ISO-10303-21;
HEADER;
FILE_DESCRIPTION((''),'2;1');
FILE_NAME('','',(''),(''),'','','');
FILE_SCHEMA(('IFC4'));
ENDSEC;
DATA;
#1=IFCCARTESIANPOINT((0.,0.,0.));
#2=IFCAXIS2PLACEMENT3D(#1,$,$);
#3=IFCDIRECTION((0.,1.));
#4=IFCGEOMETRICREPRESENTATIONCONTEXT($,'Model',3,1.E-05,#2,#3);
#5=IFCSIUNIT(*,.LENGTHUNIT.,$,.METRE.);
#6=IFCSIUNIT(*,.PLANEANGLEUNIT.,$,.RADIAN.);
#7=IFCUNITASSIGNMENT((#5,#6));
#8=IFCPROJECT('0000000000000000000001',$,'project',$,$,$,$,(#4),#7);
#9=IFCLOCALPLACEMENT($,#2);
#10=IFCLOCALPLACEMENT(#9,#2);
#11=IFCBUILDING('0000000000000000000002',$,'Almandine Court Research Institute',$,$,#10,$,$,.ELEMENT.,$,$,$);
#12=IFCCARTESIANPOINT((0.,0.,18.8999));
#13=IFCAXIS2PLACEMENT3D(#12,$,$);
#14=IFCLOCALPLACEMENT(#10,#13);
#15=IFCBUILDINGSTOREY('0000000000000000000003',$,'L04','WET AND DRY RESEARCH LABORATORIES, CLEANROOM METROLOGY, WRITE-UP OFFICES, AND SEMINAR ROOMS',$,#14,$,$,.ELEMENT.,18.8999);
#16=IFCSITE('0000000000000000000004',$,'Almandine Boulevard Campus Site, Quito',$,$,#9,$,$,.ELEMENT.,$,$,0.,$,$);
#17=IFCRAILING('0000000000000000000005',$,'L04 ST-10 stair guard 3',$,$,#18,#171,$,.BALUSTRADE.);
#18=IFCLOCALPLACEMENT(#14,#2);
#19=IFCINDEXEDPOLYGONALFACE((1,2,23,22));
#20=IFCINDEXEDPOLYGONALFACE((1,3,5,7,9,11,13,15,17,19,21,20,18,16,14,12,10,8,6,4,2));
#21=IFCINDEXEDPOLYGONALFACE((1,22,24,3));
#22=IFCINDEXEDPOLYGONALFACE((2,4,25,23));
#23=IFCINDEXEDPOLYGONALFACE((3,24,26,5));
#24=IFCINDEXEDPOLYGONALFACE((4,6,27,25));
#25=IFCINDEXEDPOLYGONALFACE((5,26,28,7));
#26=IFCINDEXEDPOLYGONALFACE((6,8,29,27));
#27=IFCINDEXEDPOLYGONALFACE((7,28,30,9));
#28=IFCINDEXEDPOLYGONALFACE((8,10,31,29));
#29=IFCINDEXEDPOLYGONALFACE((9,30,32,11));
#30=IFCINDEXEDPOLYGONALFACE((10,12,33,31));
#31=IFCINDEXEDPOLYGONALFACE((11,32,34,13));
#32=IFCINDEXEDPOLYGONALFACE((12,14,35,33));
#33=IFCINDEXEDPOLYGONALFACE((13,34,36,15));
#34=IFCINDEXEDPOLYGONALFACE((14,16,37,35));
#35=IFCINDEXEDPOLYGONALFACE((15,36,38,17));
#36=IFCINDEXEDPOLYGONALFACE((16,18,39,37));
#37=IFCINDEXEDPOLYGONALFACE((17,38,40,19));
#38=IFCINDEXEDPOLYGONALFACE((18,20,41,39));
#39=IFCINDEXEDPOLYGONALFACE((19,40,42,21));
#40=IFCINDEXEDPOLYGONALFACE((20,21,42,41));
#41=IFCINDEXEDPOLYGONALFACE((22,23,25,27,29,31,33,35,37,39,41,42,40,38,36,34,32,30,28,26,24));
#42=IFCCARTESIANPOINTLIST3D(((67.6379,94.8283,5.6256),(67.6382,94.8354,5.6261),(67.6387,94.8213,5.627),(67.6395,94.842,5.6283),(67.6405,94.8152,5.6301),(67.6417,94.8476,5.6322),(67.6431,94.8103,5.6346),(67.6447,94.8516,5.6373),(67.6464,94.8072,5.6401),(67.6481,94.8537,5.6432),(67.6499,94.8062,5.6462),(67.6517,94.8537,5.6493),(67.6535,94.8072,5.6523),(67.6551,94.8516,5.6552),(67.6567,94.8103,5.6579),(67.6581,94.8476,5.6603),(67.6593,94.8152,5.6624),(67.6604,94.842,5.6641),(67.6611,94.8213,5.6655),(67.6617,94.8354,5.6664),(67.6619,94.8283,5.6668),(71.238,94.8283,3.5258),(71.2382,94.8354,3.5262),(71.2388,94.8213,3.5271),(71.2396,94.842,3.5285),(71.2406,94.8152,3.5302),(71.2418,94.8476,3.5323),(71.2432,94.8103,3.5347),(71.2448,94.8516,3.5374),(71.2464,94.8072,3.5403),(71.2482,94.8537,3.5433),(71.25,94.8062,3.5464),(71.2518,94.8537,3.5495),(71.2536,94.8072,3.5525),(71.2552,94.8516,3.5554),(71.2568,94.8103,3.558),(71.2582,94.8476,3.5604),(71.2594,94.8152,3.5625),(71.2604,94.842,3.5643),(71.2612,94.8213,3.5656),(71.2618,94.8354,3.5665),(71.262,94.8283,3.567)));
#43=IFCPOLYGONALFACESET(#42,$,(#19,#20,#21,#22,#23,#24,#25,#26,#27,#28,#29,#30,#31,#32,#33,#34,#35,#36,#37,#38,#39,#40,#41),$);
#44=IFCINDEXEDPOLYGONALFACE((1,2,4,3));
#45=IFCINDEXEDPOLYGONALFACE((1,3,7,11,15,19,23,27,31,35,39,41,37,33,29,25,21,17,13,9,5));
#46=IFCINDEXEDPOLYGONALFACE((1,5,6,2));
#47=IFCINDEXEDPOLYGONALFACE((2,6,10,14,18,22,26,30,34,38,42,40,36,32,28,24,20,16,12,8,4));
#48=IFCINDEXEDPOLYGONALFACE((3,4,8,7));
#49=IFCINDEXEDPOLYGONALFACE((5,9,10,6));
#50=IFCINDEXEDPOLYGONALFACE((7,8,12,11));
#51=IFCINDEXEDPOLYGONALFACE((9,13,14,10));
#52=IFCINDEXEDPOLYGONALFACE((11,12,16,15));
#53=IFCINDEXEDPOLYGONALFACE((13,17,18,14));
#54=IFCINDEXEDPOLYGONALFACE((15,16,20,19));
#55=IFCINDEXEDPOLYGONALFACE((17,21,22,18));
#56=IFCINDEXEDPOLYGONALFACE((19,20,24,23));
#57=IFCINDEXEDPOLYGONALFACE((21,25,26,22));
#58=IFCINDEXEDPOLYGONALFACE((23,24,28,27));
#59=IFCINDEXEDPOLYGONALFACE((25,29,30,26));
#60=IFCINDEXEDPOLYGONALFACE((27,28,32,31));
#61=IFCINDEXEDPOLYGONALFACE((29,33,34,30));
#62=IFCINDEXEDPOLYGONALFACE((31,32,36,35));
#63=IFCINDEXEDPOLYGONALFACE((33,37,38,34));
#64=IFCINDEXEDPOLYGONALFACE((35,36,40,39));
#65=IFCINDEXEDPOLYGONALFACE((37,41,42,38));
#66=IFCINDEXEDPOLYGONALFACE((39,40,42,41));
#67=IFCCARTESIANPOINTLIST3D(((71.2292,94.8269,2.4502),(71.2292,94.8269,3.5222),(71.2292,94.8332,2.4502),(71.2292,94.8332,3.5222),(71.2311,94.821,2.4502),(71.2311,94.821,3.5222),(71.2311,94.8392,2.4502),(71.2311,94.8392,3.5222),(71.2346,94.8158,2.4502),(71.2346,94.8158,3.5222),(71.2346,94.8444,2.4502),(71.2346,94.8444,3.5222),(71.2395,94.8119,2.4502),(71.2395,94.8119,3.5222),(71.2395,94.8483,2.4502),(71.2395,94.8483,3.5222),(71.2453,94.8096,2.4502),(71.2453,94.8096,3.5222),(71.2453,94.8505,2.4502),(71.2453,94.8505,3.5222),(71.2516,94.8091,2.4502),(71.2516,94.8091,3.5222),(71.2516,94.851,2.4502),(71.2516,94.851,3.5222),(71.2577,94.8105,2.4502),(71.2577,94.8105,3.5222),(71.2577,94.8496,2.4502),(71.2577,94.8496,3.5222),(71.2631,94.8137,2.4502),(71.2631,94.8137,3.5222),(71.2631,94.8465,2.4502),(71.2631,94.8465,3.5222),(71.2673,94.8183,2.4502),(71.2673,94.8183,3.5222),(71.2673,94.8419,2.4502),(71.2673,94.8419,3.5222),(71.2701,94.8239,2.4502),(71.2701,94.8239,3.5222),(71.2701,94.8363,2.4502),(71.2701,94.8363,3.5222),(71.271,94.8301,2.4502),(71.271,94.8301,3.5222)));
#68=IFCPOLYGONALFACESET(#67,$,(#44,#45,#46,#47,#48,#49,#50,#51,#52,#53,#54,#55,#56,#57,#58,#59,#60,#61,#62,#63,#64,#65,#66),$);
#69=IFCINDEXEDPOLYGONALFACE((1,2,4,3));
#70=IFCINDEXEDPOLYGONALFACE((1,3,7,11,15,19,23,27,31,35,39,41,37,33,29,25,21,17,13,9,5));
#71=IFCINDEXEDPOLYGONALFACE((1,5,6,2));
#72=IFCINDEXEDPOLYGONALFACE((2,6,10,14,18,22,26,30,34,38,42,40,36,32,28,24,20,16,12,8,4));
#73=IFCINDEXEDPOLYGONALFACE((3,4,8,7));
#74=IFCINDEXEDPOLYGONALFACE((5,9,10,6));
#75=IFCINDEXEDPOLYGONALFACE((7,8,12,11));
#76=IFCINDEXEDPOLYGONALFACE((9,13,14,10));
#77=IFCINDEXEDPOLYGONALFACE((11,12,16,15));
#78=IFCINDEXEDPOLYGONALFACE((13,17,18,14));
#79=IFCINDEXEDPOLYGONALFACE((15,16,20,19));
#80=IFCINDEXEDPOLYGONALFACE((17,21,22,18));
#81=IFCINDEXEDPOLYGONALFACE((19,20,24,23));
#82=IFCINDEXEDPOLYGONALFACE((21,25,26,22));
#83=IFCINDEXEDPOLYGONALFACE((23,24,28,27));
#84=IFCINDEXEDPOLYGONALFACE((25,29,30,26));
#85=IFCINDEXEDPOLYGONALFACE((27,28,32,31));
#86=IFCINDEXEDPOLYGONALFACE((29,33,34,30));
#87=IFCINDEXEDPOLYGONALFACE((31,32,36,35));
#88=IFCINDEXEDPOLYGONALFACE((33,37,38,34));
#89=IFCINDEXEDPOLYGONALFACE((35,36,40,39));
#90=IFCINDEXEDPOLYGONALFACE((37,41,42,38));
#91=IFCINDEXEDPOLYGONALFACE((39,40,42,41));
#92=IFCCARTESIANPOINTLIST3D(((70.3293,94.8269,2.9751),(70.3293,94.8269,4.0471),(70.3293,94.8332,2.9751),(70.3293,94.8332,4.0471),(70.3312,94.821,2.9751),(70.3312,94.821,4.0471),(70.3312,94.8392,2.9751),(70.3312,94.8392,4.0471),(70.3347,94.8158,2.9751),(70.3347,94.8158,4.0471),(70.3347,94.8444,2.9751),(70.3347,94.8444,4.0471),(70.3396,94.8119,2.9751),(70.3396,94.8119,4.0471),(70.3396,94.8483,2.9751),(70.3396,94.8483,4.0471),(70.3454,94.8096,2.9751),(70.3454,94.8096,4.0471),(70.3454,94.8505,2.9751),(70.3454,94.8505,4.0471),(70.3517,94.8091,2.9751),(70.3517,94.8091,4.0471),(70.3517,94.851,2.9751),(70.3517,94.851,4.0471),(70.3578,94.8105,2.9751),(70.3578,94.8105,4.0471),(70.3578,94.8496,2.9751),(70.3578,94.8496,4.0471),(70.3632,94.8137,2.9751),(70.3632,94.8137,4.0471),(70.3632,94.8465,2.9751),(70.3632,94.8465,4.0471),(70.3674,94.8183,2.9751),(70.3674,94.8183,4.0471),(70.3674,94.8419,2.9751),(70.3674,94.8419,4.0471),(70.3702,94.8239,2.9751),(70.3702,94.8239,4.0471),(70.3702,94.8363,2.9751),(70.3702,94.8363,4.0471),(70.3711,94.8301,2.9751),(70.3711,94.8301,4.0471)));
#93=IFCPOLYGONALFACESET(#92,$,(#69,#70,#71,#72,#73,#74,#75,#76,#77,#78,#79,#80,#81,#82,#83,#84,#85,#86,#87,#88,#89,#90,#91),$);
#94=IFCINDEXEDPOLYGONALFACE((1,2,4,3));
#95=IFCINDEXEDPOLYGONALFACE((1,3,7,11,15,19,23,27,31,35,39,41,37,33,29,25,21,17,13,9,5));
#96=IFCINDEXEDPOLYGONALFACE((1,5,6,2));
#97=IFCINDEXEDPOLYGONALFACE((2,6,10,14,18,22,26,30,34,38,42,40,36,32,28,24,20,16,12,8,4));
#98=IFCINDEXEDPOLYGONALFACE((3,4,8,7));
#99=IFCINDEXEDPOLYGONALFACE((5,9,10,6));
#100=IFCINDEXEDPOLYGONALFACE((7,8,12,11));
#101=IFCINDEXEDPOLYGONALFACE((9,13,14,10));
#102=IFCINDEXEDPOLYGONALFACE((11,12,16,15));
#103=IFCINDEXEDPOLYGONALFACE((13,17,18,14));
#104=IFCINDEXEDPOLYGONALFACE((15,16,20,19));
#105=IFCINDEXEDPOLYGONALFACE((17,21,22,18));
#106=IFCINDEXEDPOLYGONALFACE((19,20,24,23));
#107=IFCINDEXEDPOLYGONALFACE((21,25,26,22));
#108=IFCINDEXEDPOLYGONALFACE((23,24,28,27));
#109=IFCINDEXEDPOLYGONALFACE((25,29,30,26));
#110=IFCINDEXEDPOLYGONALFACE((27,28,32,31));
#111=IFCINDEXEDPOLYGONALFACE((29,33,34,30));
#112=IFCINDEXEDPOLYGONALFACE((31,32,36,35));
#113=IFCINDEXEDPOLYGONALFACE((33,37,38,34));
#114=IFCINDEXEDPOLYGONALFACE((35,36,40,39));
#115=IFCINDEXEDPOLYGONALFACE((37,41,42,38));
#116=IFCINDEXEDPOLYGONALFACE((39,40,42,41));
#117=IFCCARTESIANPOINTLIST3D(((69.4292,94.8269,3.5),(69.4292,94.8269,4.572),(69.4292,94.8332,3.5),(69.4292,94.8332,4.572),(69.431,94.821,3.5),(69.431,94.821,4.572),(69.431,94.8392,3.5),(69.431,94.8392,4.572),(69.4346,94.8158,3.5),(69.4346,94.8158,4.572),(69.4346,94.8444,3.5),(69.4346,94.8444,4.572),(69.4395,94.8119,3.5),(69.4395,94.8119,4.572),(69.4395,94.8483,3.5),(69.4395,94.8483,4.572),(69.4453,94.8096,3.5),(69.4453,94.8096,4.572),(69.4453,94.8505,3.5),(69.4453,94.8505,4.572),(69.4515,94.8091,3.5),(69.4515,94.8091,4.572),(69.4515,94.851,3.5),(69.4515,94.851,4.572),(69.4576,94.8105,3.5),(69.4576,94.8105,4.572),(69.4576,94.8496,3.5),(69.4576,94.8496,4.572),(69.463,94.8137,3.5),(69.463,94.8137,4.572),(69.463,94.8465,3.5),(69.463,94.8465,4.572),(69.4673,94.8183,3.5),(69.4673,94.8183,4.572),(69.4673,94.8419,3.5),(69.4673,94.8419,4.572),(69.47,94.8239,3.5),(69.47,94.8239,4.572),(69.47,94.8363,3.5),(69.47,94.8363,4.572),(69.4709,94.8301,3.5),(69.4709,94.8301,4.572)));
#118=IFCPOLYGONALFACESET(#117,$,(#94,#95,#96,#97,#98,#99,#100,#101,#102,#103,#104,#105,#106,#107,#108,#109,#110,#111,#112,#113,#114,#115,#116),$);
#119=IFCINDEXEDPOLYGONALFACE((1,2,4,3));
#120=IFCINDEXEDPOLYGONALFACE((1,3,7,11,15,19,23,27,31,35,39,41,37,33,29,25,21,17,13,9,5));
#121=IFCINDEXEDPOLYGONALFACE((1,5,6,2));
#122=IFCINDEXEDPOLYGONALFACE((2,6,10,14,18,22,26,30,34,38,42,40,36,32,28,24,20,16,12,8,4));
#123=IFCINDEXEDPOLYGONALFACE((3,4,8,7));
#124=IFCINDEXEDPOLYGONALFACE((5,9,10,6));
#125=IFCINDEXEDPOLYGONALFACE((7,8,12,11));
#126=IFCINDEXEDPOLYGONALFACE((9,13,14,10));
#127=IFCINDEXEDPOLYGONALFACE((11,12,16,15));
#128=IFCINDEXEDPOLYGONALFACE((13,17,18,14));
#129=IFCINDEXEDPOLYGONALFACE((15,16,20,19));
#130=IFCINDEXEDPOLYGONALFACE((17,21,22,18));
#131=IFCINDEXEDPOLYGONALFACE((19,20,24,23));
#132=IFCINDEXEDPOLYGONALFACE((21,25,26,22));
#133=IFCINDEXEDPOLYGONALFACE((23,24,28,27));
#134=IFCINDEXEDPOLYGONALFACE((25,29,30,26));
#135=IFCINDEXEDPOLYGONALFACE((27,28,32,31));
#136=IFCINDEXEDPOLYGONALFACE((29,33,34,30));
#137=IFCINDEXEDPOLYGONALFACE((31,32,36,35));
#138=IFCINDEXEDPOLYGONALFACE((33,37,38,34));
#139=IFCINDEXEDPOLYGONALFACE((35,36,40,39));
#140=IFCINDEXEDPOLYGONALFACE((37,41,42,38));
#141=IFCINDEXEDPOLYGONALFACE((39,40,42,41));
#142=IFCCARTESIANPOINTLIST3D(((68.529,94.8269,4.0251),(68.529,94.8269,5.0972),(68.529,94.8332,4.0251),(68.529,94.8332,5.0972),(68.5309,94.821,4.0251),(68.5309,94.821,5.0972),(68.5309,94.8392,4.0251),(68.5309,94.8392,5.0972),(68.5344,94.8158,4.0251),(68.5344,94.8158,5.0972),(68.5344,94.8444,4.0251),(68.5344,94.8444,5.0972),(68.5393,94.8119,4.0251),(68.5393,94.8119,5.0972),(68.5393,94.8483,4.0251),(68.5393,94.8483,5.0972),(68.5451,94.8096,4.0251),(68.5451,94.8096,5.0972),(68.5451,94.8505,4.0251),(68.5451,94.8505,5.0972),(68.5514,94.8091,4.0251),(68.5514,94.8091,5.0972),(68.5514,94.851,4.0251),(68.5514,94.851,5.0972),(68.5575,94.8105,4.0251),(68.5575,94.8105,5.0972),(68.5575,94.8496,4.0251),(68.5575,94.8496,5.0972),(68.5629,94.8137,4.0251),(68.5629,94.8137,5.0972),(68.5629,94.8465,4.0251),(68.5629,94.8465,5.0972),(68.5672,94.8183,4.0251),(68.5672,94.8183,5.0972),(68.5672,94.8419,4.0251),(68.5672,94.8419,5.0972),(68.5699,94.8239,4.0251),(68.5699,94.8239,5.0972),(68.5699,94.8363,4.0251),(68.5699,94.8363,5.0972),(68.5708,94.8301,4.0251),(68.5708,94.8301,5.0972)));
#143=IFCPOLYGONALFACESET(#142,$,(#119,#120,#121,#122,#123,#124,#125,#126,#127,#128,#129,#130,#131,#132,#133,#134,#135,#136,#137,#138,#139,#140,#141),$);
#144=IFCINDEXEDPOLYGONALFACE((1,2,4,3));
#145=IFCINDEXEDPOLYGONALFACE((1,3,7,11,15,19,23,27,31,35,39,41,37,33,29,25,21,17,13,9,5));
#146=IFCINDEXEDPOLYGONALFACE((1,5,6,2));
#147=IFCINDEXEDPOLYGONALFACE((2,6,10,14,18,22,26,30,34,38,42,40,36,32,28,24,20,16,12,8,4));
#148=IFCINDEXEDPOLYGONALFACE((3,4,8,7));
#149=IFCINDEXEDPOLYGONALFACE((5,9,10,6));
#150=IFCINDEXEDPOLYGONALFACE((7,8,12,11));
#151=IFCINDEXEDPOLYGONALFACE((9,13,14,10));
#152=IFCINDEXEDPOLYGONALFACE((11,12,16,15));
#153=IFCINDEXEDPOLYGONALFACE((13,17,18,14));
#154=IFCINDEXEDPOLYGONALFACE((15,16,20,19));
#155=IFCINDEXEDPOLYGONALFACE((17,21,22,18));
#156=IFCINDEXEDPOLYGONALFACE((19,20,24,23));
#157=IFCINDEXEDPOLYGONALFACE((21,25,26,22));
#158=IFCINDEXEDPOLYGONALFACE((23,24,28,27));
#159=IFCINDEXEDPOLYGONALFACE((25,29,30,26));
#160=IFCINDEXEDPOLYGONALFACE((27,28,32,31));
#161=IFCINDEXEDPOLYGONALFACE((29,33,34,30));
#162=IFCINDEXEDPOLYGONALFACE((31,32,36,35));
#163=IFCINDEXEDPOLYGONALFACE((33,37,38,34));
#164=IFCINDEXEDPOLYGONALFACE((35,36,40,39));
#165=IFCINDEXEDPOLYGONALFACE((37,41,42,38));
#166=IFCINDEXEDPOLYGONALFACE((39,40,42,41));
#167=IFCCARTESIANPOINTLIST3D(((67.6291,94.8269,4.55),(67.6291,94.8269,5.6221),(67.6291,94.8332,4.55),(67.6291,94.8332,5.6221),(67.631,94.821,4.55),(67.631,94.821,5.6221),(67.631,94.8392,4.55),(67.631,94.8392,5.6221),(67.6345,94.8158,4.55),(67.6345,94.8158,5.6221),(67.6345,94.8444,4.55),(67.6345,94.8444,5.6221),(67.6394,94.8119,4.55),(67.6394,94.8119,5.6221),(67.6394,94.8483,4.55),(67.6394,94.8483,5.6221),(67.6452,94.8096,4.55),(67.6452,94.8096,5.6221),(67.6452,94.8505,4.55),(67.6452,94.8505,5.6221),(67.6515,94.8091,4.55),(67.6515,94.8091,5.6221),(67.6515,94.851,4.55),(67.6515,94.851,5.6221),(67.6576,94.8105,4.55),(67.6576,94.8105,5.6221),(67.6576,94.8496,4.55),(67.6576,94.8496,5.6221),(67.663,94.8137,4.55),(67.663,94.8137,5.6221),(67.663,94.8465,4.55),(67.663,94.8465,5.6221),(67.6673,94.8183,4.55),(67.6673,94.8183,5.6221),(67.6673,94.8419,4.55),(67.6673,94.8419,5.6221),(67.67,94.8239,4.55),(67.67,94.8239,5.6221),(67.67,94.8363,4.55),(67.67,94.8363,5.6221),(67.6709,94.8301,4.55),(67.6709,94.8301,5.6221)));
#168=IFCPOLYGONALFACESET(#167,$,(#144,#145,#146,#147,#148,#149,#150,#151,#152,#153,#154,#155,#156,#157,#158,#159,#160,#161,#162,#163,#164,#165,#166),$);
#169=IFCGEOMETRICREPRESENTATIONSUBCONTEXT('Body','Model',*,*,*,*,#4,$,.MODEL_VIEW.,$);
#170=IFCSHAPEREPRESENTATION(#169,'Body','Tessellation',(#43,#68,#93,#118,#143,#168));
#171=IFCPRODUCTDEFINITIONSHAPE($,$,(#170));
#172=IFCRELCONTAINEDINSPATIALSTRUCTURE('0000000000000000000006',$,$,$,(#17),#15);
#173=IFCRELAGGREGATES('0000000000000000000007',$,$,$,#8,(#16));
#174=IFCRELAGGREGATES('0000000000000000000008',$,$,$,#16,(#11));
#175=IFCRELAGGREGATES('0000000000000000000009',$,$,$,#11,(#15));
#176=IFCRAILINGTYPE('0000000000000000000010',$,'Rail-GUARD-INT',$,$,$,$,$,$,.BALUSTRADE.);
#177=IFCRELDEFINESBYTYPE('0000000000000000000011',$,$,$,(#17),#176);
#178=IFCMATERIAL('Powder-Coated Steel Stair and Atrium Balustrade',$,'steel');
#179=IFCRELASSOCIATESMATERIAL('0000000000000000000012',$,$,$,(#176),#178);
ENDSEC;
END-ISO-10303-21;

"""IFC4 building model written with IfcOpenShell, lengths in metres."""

from ifc_helpers import new_model, si_unit, direction, frame, origin, origin_2d, place, context, subcontext, project, spatial, circle, extrude, material, type_object, element, save


model = new_model("IFC4")

# Units and contexts
model_context = context("Model", 3, precision=1e-05, world=origin(), true_north=direction((0.0, 1.0)))
body_context = subcontext(model_context, "Body", "Model", "MODEL_VIEW")
ifc_project = project(units=[si_unit("LENGTHUNIT", "METRE"), si_unit("PLANEANGLEUNIT", "RADIAN")], contexts=[model_context])

# Site, building, storey
site_placement = place(None, origin())
site = spatial("IfcSite", under=ifc_project, at=site_placement, Name="Almandine Boulevard Campus Site, Quito", CompositionType="ELEMENT", RefElevation=0.0)
building_placement = place(site_placement, origin())
building = spatial("IfcBuilding", under=site, at=building_placement, Name="Almandine Court Research Institute", CompositionType="ELEMENT")
storey_placement = place(building_placement, frame((0.0, 0.0, 18.8999)))
storey = spatial("IfcBuildingStorey", under=building, at=storey_placement, Name="L04", Description="WET AND DRY RESEARCH LABORATORIES, CLEANROOM METROLOGY, WRITE-UP OFFICES, AND SEMINAR ROOMS", CompositionType="ELEMENT", Elevation=18.8999)

# Railing
ifc_material_1 = material(Name="Powder-Coated Steel Stair and Atrium Balustrade", Category="steel")
railing_type_1 = type_object("IfcRailingType", Name="Rail-GUARD-INT", PredefinedType="BALUSTRADE", material=ifc_material_1)
railing_1_placement = place(storey_placement, frame((71.25, 94.8301, 2.4502)))
element("IfcRailing", 1, at=railing_1_placement, inside=storey, type_object=railing_type_1, Name="L04 ST-10 stair guard 3", PredefinedType="BALUSTRADE", context=body_context, shape_type="SweptSolid", body=[
    extrude(circle(Radius=0.0239, at=origin_2d()), frame((0.0, 0.0, 1.0962), z_axis=(-0.8638, 0.0, 0.503835), x_axis=(0.0, -1.0, 0.0)), (0.0, 0.0, 1.0), 4.1677),
    extrude(circle(Radius=0.021, at=origin_2d()), origin(), (0.0, 0.0, 1.0), 1.072),
    extrude(circle(Radius=0.021, at=origin_2d()), frame((-0.8999, 0.0, 0.5249)), (0.0, 0.0, 1.0), 1.072),
    extrude(circle(Radius=0.021, at=origin_2d()), frame((-1.8, 0.0, 1.0498)), (0.0, 0.0, 1.0), 1.072),
    extrude(circle(Radius=0.021, at=origin_2d()), frame((-2.7002, 0.0, 1.575)), (0.0, 0.0, 1.0), 1.072),
    extrude(circle(Radius=0.021, at=origin_2d()), frame((-3.6001, 0.0, 2.0999)), (0.0, 0.0, 1.0), 1.072),
])

save(model, "model.ifc")
